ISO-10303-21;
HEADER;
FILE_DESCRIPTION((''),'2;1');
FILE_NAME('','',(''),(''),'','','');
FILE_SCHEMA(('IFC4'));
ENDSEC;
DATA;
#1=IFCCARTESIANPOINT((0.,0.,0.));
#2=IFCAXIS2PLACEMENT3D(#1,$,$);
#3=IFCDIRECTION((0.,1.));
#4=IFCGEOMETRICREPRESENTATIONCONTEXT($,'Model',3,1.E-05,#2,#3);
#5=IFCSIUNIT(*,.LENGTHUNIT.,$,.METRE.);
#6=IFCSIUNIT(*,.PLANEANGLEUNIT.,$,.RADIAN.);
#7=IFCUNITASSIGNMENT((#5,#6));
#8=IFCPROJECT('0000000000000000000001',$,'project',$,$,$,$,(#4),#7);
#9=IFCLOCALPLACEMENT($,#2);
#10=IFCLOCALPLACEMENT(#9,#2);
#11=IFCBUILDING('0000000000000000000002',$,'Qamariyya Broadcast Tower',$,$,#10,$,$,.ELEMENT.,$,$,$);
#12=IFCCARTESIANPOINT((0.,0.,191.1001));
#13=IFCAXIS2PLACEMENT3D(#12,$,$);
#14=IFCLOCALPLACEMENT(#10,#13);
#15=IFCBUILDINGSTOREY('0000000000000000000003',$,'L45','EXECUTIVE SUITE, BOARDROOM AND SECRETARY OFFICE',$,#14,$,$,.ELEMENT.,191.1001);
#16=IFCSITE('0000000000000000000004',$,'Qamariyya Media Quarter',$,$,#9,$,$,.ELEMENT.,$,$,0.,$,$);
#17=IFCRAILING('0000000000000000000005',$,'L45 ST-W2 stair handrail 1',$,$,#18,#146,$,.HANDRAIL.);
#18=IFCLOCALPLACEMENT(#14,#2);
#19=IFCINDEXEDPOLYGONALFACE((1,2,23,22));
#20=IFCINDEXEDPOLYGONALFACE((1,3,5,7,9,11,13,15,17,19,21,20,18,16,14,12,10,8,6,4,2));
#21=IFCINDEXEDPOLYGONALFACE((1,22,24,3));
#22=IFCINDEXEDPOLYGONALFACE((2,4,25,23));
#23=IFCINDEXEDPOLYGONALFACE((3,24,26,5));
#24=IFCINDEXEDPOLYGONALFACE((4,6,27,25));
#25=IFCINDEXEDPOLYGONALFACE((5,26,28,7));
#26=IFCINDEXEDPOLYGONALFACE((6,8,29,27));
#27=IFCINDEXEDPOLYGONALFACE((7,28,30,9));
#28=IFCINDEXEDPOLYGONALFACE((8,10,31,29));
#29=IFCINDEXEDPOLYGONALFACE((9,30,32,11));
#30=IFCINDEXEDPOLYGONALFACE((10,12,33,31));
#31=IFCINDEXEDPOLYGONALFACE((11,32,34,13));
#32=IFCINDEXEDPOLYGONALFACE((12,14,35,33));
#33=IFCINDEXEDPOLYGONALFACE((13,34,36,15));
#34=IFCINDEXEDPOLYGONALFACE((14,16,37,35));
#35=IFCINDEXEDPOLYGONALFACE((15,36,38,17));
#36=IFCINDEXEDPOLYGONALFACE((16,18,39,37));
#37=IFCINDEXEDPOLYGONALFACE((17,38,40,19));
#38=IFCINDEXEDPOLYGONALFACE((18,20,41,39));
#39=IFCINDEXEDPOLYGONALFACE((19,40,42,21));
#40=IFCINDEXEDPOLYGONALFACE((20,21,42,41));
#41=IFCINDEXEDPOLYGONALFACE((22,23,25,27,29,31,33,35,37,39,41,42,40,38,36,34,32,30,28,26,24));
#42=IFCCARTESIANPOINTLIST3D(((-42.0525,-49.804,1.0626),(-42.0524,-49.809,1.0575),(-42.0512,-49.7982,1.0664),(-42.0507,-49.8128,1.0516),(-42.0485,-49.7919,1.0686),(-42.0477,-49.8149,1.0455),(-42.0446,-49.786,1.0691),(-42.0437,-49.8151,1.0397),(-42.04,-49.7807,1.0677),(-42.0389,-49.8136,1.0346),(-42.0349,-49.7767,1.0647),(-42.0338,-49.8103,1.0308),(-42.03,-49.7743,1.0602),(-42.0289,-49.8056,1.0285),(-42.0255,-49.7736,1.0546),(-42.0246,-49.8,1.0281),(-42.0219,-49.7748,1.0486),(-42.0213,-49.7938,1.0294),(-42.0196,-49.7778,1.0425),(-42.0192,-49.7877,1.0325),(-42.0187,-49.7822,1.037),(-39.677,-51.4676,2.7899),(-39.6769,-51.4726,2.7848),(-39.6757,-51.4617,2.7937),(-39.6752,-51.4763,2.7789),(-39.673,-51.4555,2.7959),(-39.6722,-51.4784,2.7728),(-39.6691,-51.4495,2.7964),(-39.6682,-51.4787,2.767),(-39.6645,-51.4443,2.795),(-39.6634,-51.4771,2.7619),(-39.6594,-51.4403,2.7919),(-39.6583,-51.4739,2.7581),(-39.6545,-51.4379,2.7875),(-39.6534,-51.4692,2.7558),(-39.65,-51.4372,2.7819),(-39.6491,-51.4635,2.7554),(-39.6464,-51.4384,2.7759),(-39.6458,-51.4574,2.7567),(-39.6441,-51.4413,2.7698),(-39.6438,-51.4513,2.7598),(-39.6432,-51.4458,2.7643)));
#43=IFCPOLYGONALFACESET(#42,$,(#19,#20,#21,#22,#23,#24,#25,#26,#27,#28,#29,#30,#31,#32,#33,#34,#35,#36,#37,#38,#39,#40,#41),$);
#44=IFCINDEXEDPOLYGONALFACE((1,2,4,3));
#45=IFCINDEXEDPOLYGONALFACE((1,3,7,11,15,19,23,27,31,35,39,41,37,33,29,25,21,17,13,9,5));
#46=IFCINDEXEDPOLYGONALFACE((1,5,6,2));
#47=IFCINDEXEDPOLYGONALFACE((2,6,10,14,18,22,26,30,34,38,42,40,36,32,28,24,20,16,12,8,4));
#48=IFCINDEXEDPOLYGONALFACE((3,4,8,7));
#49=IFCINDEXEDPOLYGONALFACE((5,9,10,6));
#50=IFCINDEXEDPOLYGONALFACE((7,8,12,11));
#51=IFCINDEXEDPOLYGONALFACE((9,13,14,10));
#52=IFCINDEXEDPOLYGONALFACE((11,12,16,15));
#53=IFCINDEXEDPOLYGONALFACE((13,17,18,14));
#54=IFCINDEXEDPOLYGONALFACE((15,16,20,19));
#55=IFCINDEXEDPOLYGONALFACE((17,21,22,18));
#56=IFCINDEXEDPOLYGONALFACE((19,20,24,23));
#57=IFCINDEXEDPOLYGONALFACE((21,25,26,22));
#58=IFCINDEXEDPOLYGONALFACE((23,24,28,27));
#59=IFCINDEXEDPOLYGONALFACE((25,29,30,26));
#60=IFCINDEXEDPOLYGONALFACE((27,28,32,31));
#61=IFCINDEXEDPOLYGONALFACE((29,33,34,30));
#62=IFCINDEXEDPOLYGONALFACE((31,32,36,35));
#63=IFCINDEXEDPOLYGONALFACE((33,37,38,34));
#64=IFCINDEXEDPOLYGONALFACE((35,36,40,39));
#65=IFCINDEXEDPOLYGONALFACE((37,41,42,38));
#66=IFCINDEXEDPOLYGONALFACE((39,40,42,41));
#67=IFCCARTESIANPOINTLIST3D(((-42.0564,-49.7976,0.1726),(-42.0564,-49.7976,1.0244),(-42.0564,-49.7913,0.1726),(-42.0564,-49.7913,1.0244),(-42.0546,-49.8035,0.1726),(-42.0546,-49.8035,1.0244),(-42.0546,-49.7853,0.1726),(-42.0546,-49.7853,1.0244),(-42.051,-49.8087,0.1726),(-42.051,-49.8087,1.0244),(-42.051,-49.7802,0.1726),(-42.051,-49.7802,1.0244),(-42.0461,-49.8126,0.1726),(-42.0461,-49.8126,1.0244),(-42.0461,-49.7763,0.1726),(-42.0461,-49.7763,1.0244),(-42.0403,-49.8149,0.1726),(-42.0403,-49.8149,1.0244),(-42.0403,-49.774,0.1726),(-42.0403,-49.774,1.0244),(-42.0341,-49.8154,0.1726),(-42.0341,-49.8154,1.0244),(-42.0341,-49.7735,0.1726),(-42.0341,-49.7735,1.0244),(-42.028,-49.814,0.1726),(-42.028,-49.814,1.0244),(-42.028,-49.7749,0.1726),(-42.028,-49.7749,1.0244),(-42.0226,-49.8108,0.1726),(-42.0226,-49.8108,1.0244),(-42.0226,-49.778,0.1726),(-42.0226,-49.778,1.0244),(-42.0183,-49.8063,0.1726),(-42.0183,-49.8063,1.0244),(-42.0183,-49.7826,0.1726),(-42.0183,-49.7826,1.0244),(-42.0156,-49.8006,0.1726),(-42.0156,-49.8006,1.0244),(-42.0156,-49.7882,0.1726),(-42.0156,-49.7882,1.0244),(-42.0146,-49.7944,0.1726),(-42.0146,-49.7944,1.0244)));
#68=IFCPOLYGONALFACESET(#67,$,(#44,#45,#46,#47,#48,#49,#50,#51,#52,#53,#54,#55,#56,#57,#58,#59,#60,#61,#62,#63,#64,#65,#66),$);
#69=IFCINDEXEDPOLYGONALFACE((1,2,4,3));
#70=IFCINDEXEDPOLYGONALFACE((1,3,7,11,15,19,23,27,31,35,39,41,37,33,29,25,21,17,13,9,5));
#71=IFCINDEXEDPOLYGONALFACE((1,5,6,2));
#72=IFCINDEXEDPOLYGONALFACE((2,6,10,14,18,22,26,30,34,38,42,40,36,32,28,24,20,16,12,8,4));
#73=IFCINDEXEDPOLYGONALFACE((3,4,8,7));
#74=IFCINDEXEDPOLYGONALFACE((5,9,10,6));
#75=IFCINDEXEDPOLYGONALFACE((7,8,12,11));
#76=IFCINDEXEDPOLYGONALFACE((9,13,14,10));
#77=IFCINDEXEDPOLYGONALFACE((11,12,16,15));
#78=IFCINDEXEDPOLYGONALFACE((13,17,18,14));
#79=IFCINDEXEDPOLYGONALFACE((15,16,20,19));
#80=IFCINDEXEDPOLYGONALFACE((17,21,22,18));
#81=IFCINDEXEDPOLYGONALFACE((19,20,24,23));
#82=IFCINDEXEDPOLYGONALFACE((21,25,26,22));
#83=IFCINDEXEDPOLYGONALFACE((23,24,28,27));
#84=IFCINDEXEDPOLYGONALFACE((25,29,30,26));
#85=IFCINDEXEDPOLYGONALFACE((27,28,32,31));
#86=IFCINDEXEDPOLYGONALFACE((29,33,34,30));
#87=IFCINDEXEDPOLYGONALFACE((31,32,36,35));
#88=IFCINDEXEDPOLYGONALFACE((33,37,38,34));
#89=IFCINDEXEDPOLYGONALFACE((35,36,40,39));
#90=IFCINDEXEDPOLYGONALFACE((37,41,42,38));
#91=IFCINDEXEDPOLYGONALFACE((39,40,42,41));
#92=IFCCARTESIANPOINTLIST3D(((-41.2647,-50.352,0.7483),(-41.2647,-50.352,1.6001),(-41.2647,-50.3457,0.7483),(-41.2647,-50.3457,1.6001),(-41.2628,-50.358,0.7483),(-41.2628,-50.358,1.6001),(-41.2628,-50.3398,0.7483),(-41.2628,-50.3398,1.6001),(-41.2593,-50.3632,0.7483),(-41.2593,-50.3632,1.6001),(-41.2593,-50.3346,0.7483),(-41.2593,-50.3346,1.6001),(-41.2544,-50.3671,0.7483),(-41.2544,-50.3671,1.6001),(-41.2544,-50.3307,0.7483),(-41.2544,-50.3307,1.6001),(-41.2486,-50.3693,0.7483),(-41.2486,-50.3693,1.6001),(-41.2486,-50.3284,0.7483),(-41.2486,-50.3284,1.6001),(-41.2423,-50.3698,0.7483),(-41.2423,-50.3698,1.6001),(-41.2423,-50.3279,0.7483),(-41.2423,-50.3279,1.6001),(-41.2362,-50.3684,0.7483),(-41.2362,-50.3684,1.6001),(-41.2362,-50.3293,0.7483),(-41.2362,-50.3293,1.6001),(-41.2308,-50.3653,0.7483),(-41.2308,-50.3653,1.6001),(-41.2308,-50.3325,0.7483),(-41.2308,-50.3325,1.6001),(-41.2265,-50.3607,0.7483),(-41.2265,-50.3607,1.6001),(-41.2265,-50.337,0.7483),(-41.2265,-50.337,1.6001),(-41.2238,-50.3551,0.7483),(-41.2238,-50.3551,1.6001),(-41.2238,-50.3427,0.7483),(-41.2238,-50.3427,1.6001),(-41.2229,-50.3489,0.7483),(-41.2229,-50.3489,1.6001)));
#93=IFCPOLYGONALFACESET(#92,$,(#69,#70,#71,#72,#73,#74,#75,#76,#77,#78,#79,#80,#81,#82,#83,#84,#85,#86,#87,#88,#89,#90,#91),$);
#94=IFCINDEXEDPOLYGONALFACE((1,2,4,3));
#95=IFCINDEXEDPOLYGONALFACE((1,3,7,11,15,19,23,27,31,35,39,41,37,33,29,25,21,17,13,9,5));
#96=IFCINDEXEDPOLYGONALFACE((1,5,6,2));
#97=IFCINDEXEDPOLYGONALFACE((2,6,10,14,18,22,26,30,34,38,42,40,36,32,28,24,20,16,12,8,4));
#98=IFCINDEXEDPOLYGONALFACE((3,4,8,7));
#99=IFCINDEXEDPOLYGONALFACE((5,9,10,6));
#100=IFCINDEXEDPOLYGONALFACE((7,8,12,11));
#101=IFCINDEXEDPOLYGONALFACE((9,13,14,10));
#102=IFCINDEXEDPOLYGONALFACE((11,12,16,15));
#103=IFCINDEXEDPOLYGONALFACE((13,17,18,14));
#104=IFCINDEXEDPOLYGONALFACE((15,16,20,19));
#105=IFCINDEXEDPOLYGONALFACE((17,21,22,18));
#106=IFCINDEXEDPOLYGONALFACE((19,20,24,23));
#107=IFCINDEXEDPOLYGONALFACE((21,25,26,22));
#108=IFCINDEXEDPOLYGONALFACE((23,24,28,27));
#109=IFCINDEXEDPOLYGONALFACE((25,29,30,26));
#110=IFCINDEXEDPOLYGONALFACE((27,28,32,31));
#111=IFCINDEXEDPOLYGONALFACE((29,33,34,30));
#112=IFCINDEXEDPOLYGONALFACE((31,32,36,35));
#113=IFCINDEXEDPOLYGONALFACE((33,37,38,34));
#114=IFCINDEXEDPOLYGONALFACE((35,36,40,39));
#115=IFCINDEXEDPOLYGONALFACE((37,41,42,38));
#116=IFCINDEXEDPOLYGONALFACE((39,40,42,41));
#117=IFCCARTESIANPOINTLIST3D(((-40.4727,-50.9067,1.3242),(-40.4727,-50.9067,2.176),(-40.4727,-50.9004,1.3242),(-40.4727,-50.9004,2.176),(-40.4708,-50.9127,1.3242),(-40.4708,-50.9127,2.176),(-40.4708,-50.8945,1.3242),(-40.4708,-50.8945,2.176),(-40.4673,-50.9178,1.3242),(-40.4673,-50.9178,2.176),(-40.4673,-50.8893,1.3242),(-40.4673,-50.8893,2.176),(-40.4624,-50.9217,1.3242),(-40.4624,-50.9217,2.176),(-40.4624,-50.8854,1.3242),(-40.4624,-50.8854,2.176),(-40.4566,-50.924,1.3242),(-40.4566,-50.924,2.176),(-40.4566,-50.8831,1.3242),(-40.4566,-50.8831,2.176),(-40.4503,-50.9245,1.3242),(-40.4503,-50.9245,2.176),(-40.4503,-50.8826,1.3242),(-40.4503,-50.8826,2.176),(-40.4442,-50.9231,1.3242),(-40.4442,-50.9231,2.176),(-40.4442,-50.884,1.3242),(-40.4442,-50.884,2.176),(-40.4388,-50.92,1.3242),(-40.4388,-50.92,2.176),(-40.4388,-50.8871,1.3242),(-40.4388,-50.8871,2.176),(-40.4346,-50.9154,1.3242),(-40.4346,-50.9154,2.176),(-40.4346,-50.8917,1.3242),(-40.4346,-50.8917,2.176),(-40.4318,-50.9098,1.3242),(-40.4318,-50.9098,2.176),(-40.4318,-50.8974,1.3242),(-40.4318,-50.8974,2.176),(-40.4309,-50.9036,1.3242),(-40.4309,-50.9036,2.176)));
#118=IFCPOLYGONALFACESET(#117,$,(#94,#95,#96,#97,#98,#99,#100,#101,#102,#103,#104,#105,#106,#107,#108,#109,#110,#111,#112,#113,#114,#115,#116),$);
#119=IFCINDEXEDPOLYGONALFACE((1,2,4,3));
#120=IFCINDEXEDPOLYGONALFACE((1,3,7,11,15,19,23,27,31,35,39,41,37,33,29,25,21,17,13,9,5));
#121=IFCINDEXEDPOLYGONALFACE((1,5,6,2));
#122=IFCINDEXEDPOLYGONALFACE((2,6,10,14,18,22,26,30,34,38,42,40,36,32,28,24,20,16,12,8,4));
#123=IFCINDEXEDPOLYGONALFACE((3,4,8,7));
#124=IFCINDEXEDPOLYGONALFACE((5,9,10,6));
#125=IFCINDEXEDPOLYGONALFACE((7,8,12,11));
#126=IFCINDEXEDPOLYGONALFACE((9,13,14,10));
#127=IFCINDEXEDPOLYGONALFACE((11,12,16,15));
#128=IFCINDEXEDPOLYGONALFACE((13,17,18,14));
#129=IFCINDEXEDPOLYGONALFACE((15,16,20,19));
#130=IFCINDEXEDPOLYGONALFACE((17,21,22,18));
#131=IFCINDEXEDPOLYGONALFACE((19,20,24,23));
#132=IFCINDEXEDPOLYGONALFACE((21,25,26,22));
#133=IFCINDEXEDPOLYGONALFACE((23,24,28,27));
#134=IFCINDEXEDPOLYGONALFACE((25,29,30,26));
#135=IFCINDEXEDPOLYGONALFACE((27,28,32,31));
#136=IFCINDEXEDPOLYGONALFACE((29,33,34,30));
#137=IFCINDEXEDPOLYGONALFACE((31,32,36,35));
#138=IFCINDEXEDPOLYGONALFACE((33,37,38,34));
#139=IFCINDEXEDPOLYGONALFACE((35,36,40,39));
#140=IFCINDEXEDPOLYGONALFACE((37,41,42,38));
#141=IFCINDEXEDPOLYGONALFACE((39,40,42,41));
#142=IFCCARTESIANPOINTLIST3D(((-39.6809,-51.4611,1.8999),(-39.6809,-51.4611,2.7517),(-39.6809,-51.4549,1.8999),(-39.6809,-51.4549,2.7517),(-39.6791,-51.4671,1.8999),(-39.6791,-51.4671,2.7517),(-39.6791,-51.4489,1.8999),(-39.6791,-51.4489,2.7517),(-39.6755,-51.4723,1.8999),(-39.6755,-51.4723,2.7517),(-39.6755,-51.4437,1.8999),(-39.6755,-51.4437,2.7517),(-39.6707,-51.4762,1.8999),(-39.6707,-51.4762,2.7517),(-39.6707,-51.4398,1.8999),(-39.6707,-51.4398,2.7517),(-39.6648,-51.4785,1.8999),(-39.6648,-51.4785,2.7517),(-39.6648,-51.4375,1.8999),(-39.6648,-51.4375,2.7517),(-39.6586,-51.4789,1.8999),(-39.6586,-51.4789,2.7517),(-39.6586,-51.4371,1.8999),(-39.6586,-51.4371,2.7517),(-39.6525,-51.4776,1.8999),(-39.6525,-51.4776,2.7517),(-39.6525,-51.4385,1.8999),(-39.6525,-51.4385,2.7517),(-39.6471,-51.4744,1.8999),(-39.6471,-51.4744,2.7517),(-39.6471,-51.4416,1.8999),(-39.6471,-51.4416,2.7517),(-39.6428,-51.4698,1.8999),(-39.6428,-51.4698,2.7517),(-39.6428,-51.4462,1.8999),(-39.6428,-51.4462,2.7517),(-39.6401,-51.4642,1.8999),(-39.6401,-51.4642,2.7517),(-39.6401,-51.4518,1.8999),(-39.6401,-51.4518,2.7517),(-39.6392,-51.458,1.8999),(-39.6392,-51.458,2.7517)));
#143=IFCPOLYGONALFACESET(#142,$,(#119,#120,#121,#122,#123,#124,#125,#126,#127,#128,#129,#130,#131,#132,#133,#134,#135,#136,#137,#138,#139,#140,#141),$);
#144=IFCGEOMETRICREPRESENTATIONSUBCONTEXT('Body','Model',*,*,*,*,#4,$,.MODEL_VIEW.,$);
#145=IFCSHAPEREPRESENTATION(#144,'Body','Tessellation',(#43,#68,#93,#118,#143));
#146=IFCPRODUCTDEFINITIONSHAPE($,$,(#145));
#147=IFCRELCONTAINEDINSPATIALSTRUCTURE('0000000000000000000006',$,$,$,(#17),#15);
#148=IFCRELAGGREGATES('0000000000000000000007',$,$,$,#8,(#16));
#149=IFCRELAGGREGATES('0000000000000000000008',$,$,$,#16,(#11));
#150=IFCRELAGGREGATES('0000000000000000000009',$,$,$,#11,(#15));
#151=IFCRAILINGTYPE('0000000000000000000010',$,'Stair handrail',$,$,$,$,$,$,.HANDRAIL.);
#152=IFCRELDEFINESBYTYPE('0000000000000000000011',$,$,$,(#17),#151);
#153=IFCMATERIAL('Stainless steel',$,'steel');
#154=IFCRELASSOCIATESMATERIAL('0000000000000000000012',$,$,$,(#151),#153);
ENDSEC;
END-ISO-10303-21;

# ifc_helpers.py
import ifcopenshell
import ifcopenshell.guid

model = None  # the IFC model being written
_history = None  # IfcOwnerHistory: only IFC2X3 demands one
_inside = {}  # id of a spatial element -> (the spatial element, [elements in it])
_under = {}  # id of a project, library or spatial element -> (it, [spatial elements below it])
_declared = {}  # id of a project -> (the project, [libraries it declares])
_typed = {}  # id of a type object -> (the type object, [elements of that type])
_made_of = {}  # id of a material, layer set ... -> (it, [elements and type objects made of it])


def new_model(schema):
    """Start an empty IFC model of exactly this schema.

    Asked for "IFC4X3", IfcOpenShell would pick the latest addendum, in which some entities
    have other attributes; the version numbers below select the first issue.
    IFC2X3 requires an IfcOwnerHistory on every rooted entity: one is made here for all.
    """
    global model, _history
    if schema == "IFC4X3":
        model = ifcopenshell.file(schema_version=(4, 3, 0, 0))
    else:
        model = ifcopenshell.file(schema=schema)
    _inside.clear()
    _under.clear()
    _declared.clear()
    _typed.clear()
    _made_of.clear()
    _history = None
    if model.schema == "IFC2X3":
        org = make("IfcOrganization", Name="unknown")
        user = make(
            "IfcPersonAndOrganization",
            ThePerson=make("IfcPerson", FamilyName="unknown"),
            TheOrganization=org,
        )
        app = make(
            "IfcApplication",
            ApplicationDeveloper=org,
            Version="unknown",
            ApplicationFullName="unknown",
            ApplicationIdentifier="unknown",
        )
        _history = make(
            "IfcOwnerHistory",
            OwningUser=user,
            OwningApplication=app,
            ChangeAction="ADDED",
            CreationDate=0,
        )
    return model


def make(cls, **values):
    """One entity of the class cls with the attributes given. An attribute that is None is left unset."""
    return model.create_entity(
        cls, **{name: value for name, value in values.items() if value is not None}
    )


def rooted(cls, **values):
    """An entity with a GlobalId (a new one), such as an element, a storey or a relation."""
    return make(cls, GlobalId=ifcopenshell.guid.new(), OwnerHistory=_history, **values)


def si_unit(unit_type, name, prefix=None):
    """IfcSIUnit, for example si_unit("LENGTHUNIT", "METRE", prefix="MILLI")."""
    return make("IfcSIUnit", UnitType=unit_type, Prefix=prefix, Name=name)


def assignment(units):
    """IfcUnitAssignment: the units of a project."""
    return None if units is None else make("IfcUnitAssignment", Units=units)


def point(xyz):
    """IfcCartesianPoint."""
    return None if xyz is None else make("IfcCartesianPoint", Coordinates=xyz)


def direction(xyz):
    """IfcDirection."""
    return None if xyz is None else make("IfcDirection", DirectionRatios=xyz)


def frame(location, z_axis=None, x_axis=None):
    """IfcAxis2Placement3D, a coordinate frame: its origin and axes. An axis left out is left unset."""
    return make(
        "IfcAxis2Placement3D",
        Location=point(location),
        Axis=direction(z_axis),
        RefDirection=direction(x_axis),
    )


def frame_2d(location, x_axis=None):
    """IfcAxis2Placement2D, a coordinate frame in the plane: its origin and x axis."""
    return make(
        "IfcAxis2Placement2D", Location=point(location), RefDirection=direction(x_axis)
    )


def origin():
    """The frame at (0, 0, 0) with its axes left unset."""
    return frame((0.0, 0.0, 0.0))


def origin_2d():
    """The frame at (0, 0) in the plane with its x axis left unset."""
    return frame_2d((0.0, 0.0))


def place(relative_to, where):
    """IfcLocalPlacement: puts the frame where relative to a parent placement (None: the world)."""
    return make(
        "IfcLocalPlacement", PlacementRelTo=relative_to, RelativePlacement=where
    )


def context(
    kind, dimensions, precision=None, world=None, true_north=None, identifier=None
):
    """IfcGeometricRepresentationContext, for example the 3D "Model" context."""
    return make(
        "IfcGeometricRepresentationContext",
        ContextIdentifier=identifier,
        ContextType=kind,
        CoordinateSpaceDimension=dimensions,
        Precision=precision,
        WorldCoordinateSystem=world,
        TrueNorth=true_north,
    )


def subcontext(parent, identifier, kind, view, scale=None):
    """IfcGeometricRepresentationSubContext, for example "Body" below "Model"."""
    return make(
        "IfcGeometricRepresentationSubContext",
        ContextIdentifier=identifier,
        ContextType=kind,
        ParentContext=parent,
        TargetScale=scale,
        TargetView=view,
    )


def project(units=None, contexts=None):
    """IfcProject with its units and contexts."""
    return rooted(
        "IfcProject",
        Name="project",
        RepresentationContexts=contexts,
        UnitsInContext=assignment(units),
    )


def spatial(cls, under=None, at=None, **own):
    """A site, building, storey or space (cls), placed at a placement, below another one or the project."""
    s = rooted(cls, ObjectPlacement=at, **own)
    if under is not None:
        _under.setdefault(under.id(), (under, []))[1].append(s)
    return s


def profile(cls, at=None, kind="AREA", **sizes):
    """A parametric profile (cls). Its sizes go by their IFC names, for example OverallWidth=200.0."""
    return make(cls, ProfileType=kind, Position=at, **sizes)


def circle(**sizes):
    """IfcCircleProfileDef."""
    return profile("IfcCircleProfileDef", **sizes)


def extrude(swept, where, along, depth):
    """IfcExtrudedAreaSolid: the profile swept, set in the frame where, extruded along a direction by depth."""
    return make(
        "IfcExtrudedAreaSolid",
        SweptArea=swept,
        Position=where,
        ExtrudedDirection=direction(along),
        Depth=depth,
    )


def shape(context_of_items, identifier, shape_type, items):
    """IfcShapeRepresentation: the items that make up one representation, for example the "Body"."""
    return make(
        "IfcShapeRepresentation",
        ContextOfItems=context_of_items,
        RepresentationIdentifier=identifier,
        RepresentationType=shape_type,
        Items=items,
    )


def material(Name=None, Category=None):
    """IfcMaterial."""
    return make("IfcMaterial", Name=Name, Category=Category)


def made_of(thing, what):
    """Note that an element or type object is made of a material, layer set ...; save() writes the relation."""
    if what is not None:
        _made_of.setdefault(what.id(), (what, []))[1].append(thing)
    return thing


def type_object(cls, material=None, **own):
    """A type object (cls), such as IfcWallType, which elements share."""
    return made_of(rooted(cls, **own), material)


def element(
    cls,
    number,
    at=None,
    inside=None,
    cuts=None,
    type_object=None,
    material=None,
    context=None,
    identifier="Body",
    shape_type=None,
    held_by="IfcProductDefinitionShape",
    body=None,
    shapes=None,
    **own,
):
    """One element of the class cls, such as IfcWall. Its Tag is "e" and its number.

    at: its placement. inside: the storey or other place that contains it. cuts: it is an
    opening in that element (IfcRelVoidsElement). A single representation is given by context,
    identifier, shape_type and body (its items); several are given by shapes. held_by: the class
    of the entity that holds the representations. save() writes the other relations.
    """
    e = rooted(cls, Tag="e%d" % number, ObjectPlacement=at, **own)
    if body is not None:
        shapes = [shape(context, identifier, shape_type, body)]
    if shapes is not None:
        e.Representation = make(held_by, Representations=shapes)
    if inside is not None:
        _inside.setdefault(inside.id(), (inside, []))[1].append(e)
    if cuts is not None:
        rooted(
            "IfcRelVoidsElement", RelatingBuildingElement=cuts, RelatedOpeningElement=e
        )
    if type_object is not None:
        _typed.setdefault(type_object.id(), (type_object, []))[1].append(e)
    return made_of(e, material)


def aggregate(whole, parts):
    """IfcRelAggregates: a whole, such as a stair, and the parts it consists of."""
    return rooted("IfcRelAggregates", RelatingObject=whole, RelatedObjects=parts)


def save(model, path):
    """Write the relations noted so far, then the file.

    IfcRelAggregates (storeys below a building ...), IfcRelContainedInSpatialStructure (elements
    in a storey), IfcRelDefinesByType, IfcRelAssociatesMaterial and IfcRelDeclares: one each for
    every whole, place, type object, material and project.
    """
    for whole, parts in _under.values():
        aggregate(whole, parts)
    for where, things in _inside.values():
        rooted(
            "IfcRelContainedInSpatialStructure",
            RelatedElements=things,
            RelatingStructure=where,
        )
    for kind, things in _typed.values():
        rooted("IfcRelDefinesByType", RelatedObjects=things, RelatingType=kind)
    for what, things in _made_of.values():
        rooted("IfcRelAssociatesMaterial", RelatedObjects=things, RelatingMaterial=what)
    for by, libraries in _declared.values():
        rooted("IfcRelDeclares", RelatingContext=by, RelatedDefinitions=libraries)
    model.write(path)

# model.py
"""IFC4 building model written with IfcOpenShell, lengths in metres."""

from ifc_helpers import new_model, si_unit, direction, frame, origin, origin_2d, place, context, subcontext, project, spatial, circle, extrude, material, type_object, element, save


model = new_model("IFC4")

# Units and contexts
model_context = context("Model", 3, precision=1e-05, world=origin(), true_north=direction((0.0, 1.0)))
body_context = subcontext(model_context, "Body", "Model", "MODEL_VIEW")
ifc_project = project(units=[si_unit("LENGTHUNIT", "METRE"), si_unit("PLANEANGLEUNIT", "RADIAN")], contexts=[model_context])

# Site, building, storey
site_placement = place(None, origin())
site = spatial("IfcSite", under=ifc_project, at=site_placement, Name="Qamariyya Media Quarter", CompositionType="ELEMENT", RefElevation=0.0)
building_placement = place(site_placement, origin())
building = spatial("IfcBuilding", under=site, at=building_placement, Name="Qamariyya Broadcast Tower", CompositionType="ELEMENT")
storey_placement = place(building_placement, frame((0.0, 0.0, 191.1001)))
storey = spatial("IfcBuildingStorey", under=building, at=storey_placement, Name="L45", Description="EXECUTIVE SUITE, BOARDROOM AND SECRETARY OFFICE", CompositionType="ELEMENT", Elevation=191.1001)

# Railing
ifc_material_1 = material(Name="Stainless steel", Category="steel")
railing_type_1 = type_object("IfcRailingType", Name="Stair handrail", PredefinedType="HANDRAIL", material=ifc_material_1)
railing_1_placement = place(storey_placement, frame((-42.0356, -49.7944, 0.1726)))
element("IfcRailing", 1, at=railing_1_placement, inside=storey, type_object=railing_type_1, Name="L45 ST-W2 stair handrail 1", PredefinedType="HANDRAIL", context=body_context, shape_type="SweptSolid", body=[
    extrude(circle(Radius=0.0239, at=origin_2d()), frame((0.0, 0.0, 0.876), z_axis=(0.703745, -0.492838, 0.511716), x_axis=(0.573632, 0.819113, 0.0)), (0.0, 0.0, 1.0), 3.3755),
    extrude(circle(Radius=0.021, at=origin_2d()), origin(), (0.0, 0.0, 1.0), 0.8518),
    extrude(circle(Radius=0.021, at=origin_2d()), frame((0.7917, -0.5544, 0.5757)), (0.0, 0.0, 1.0), 0.8518),
    extrude(circle(Radius=0.021, at=origin_2d()), frame((1.5837, -1.1091, 1.1516)), (0.0, 0.0, 1.0), 0.8518),
    extrude(circle(Radius=0.021, at=origin_2d()), frame((2.3755, -1.6636, 1.7273)), (0.0, 0.0, 1.0), 0.8518),
])

save(model, "model.ifc")
